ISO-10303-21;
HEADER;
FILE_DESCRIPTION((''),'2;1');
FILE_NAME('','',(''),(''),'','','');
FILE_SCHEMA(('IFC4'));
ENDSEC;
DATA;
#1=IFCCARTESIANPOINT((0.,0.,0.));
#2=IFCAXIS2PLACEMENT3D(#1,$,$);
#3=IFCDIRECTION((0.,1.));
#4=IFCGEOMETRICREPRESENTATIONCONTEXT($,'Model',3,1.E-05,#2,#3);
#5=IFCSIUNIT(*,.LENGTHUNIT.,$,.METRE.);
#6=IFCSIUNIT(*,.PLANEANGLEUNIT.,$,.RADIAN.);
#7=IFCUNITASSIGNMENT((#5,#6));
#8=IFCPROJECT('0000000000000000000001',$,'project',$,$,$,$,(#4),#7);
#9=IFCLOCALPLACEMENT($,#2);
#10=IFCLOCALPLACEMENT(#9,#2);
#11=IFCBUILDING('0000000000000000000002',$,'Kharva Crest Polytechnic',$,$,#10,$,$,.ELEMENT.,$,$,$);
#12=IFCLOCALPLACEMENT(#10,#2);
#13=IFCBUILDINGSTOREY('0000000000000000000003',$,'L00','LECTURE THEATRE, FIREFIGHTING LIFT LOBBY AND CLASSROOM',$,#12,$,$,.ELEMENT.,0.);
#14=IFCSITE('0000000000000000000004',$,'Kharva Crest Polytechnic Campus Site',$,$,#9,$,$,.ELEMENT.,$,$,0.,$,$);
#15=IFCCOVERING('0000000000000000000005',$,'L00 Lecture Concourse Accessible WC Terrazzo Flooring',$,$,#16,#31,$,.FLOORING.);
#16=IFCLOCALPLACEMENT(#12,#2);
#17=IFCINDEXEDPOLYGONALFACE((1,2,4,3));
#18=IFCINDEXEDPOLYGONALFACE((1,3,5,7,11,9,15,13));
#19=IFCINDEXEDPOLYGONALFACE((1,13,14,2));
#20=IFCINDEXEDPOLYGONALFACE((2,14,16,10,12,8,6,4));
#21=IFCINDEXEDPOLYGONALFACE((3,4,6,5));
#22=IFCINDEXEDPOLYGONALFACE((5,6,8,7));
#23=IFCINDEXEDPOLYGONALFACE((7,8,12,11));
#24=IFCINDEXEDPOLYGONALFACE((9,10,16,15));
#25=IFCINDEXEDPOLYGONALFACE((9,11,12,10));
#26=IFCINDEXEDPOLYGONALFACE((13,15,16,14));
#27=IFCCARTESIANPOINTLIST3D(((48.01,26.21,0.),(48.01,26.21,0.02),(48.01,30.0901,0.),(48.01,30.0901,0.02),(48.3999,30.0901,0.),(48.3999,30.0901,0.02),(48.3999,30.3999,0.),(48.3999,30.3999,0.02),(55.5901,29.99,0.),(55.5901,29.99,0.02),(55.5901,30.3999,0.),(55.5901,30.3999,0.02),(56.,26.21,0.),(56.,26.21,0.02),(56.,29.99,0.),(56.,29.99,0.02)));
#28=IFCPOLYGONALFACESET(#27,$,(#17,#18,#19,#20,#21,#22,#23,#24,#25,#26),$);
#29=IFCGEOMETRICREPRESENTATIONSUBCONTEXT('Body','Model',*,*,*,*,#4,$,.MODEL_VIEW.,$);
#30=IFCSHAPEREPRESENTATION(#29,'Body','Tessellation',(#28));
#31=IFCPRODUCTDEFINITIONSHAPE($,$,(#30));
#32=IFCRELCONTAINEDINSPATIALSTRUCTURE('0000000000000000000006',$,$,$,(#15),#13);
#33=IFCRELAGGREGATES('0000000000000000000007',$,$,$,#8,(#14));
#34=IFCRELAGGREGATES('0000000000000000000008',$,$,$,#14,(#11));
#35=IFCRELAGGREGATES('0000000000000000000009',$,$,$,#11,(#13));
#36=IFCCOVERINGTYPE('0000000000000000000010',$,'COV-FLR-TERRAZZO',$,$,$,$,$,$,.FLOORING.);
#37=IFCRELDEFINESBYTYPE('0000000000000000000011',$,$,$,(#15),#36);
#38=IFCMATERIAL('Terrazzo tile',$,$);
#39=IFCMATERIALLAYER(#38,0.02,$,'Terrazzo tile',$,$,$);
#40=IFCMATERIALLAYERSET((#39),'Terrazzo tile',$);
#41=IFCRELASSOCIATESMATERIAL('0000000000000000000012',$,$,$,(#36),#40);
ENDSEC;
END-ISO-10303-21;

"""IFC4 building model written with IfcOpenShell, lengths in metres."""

from ifc_helpers import new_model, si_unit, direction, origin, place, context, subcontext, project, spatial, polyline, outline, extrude, material, layer, layer_set, type_object, element, save


model = new_model("IFC4")

# Units and contexts
model_context = context("Model", 3, precision=1e-05, world=origin(), true_north=direction((0.0, 1.0)))
body_context = subcontext(model_context, "Body", "Model", "MODEL_VIEW")
ifc_project = project(units=[si_unit("LENGTHUNIT", "METRE"), si_unit("PLANEANGLEUNIT", "RADIAN")], contexts=[model_context])

# Site, building, storey
site_placement = place(None, origin())
site = spatial("IfcSite", under=ifc_project, at=site_placement, Name="Kharva Crest Polytechnic Campus Site", CompositionType="ELEMENT", RefElevation=0.0)
building_placement = place(site_placement, origin())
building = spatial("IfcBuilding", under=site, at=building_placement, Name="Kharva Crest Polytechnic", CompositionType="ELEMENT")
storey_placement = place(building_placement, origin())
storey = spatial("IfcBuildingStorey", under=building, at=storey_placement, Name="L00", Description="LECTURE THEATRE, FIREFIGHTING LIFT LOBBY AND CLASSROOM", CompositionType="ELEMENT", Elevation=0.0)

# Covering
ifc_material_1 = material(Name="Terrazzo tile")
ifc_layer_1 = layer(ifc_material_1, 0.02, Name="Terrazzo tile")
ifc_layer_set_1 = layer_set([ifc_layer_1], Name="Terrazzo tile")
covering_type_1 = type_object("IfcCoveringType", Name="COV-FLR-TERRAZZO", PredefinedType="FLOORING", material=ifc_layer_set_1)
covering_1_placement = place(storey_placement, origin())
element("IfcCovering", 1, at=covering_1_placement, inside=storey, type_object=covering_type_1, Name="L00 Lecture Concourse Accessible WC Terrazzo Flooring", PredefinedType="FLOORING", context=body_context, shape_type="SweptSolid", body=[
    extrude(outline(polyline([(48.3999, 30.0901), (48.3999, 30.3999), (55.5901, 30.3999), (55.5901, 29.99), (56.0, 29.99), (56.0, 26.21), (48.01, 26.21), (48.01, 30.0901), (48.3999, 30.0901)])), origin(), (0.0, 0.0, 1.0), 0.02),
])

save(model, "model.ifc")
